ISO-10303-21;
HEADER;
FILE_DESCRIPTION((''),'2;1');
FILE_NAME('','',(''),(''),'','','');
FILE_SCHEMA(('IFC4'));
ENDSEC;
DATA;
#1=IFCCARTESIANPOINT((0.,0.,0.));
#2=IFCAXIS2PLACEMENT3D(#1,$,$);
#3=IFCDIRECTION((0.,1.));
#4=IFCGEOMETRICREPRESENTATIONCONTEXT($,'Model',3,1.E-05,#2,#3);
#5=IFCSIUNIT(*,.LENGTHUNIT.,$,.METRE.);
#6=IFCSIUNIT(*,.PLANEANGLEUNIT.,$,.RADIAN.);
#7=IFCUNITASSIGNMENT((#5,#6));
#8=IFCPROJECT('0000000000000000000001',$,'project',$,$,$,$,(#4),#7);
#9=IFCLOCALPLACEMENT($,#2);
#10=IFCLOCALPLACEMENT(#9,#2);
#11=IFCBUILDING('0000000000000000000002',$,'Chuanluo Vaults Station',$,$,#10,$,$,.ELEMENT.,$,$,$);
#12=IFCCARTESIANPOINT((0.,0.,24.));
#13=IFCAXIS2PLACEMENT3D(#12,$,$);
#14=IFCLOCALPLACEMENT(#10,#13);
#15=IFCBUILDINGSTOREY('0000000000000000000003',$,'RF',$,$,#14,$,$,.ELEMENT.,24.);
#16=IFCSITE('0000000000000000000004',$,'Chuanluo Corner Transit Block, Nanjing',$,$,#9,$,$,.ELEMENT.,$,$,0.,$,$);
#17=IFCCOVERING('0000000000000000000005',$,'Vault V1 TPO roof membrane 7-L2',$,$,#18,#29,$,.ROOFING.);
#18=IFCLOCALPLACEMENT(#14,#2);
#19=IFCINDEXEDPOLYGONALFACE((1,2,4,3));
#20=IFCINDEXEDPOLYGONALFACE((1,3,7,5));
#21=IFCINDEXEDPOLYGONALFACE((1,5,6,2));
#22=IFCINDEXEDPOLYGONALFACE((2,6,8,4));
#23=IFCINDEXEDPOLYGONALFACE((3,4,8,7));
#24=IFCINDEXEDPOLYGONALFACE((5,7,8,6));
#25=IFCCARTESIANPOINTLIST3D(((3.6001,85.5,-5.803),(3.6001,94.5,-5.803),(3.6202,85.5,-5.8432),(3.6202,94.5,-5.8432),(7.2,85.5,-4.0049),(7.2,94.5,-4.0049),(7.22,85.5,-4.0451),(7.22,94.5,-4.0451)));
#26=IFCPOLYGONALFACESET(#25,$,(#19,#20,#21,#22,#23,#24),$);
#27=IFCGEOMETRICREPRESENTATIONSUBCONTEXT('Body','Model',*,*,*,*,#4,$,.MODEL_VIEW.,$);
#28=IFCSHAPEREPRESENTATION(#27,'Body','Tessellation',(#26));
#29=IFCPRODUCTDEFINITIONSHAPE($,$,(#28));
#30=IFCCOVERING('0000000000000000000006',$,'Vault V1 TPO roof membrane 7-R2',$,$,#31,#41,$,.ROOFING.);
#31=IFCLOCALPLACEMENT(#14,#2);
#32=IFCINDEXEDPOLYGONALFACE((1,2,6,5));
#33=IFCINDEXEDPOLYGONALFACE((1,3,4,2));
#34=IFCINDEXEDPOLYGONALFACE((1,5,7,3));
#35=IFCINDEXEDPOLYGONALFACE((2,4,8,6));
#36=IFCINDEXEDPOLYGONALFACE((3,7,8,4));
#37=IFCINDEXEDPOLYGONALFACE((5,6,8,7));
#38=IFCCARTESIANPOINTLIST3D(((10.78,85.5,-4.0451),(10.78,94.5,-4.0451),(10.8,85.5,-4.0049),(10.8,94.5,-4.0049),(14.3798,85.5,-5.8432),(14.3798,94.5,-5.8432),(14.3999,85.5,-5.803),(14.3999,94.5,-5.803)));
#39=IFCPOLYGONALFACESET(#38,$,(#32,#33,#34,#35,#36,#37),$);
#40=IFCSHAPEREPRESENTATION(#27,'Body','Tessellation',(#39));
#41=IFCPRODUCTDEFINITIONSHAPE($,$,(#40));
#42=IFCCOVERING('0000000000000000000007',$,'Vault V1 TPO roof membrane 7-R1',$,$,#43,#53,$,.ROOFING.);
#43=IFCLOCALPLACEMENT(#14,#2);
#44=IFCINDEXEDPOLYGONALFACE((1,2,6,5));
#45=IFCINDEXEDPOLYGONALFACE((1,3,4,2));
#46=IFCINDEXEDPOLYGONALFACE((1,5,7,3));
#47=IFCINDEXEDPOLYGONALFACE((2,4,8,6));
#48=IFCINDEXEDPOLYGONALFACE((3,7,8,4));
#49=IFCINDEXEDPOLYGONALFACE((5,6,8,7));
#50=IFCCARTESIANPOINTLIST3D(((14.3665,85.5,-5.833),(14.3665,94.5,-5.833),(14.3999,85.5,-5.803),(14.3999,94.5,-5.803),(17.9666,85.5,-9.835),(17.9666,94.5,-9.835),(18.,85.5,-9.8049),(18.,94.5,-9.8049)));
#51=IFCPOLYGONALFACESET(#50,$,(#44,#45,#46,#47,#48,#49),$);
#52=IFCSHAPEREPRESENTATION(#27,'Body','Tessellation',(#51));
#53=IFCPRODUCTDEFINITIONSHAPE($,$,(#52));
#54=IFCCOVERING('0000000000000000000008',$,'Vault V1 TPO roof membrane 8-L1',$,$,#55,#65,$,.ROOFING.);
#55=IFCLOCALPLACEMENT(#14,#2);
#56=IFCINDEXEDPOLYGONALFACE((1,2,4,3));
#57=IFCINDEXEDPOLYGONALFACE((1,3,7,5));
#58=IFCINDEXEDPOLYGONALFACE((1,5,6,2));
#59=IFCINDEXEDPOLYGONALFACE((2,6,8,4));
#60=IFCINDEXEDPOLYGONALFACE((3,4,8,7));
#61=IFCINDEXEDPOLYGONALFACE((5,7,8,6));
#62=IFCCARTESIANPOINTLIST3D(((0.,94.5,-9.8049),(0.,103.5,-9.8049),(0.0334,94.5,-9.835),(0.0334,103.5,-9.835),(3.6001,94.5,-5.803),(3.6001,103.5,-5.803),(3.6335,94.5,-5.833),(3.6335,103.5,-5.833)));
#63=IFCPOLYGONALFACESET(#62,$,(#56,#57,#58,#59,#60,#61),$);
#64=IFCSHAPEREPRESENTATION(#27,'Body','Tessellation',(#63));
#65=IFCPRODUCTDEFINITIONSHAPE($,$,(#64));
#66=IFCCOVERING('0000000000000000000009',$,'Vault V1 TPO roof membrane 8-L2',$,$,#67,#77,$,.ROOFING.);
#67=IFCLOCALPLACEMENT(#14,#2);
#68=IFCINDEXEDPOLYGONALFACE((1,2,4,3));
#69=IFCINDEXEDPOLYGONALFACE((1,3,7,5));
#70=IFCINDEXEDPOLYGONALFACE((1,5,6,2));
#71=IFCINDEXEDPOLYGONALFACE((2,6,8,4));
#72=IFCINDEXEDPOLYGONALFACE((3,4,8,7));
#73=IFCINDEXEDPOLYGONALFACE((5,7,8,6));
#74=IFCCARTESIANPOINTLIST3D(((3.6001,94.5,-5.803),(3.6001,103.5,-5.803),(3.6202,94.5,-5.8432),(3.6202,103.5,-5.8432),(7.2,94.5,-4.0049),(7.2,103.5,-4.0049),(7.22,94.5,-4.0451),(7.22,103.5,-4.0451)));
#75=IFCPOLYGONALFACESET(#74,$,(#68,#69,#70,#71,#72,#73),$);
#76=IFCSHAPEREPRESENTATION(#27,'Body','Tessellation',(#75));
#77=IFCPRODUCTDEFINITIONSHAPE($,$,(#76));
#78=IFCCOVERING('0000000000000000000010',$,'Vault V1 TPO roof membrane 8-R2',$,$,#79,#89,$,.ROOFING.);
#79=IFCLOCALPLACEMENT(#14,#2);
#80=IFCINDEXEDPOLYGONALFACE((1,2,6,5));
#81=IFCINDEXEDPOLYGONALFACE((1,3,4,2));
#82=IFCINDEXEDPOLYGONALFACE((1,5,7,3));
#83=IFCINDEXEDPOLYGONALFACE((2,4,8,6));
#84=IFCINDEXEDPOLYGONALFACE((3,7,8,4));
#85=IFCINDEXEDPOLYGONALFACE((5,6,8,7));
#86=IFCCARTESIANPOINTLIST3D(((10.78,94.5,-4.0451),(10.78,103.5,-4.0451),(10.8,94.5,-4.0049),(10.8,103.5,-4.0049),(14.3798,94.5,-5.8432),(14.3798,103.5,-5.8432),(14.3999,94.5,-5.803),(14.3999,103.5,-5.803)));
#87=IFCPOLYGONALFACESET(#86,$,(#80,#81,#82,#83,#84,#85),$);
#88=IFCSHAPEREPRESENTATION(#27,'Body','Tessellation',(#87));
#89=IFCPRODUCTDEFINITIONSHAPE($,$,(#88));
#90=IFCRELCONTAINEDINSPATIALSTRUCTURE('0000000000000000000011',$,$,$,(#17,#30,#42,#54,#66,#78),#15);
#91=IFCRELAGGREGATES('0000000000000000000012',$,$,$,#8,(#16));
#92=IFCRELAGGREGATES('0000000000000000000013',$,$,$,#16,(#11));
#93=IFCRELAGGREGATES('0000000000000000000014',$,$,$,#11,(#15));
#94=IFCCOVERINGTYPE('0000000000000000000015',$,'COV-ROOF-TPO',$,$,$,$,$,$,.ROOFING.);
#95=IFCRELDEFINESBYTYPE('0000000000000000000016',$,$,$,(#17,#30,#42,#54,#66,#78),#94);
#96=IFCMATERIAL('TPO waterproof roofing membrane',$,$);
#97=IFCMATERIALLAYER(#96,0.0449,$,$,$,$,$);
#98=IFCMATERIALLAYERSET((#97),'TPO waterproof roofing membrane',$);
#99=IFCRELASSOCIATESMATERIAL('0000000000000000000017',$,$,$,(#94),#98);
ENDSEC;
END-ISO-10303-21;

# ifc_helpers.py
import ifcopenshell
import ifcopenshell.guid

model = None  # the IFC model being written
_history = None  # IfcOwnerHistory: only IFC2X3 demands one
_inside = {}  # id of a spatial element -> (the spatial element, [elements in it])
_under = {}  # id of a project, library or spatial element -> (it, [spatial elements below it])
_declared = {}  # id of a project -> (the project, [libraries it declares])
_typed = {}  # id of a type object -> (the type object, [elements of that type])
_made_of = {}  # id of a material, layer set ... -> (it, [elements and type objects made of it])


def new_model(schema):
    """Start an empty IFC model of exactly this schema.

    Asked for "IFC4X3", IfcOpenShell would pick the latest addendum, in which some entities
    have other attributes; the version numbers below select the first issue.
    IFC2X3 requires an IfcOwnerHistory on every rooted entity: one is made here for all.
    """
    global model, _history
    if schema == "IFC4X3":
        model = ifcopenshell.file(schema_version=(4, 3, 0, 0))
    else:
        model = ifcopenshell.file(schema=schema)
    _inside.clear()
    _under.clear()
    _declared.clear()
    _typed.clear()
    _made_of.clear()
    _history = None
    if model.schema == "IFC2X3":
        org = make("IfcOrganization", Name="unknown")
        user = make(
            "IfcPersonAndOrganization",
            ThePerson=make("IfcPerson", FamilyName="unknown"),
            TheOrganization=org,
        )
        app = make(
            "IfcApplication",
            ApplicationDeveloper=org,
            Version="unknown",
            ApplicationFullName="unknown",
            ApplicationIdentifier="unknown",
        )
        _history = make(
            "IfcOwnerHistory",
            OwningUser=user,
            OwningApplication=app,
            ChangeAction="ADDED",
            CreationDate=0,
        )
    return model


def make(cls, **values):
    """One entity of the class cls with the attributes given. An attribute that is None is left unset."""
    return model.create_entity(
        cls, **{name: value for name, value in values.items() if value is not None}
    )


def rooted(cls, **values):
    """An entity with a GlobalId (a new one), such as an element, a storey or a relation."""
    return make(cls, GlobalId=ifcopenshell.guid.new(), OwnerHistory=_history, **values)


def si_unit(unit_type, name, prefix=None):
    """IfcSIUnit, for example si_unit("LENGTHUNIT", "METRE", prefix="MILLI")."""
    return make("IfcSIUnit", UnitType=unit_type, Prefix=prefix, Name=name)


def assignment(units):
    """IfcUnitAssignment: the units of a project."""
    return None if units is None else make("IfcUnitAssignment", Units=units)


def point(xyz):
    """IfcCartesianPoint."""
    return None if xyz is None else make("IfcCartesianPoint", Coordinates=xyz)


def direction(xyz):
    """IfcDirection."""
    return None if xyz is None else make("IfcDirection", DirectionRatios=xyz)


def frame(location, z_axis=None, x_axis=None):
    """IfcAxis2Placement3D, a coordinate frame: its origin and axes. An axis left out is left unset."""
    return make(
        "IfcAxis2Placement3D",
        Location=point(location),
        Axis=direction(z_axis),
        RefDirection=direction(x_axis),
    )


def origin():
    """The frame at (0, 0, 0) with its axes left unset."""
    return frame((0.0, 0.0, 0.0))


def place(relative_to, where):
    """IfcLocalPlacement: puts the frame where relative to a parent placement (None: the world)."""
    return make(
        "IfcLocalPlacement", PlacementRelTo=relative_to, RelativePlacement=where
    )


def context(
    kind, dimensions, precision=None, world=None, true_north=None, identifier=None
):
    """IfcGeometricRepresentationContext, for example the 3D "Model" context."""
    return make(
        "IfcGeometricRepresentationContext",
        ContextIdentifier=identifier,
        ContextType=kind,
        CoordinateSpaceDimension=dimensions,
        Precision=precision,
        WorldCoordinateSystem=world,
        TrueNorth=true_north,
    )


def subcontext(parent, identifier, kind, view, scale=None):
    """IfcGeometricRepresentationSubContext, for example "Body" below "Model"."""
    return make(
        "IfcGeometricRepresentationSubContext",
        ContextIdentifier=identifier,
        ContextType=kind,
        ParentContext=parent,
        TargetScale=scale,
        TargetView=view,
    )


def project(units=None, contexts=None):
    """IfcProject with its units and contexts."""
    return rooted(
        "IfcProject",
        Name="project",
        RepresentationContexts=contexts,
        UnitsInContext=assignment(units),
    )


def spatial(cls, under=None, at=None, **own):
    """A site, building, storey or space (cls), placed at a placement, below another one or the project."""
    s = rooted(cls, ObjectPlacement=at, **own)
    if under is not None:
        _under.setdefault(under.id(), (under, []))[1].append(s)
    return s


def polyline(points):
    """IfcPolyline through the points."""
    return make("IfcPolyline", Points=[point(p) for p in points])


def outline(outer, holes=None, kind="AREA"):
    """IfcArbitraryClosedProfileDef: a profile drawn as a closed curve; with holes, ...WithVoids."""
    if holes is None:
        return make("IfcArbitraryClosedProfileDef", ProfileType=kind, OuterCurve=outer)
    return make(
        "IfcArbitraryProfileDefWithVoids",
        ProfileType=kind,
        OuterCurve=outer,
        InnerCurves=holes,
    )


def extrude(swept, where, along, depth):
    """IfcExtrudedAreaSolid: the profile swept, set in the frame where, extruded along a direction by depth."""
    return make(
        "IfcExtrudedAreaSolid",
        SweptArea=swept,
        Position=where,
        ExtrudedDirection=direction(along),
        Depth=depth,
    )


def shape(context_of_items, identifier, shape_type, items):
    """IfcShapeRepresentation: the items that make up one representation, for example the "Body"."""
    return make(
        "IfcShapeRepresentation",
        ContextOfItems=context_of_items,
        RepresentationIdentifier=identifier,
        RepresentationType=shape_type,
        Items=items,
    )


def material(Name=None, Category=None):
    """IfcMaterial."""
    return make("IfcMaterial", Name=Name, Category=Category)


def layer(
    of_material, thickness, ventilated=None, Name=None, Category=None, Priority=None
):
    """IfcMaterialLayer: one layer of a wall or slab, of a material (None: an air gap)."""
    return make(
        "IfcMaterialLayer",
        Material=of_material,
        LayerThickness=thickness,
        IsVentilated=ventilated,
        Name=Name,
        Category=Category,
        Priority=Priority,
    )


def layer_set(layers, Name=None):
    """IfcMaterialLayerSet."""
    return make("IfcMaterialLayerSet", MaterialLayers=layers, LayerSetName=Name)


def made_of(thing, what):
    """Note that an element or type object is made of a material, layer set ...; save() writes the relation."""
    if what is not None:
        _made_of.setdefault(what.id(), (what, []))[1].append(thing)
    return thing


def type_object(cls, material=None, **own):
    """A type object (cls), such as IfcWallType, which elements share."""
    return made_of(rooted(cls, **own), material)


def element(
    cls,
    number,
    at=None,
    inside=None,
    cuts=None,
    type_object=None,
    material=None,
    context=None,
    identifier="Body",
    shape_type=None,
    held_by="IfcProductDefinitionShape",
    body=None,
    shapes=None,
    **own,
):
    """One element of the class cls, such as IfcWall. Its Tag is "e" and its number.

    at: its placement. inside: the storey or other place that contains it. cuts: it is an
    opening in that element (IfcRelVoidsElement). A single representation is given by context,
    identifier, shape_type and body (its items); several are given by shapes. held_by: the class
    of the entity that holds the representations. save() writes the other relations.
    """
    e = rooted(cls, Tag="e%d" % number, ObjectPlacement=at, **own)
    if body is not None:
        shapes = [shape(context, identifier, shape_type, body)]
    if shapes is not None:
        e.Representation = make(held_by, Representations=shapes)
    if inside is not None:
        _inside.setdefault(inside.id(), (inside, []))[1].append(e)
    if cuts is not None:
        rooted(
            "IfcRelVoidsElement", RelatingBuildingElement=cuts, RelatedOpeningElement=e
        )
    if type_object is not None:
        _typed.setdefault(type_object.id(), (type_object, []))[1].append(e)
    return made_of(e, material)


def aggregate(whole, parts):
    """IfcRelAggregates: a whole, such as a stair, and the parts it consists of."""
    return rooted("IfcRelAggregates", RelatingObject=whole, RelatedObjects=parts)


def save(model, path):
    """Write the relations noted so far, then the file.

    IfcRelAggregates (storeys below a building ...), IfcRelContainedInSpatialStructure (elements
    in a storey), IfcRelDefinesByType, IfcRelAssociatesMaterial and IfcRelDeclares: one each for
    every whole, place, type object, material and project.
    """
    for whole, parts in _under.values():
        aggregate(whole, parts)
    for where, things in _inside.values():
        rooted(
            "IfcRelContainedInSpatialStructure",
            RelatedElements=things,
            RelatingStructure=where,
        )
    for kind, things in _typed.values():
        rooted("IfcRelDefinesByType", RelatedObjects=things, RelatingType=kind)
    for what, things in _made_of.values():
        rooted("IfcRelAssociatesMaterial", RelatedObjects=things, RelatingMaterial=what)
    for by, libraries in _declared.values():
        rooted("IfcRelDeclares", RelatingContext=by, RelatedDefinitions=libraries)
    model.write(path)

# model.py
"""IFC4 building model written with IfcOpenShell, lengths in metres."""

from ifc_helpers import new_model, si_unit, direction, frame, origin, place, context, subcontext, project, spatial, polyline, outline, extrude, material, layer, layer_set, type_object, element, save


model = new_model("IFC4")

# Units and contexts
model_context = context("Model", 3, precision=1e-05, world=origin(), true_north=direction((0.0, 1.0)))
body_context = subcontext(model_context, "Body", "Model", "MODEL_VIEW")
ifc_project = project(units=[si_unit("LENGTHUNIT", "METRE"), si_unit("PLANEANGLEUNIT", "RADIAN")], contexts=[model_context])

# Site, building, storey
site_placement = place(None, origin())
site = spatial("IfcSite", under=ifc_project, at=site_placement, Name="Chuanluo Corner Transit Block, Nanjing", CompositionType="ELEMENT", RefElevation=0.0)
building_placement = place(site_placement, origin())
building = spatial("IfcBuilding", under=site, at=building_placement, Name="Chuanluo Vaults Station", CompositionType="ELEMENT")
storey_placement = place(building_placement, frame((0.0, 0.0, 24.0)))
storey = spatial("IfcBuildingStorey", under=building, at=storey_placement, Name="RF", CompositionType="ELEMENT", Elevation=24.0)

# Coverings
ifc_material_1 = material(Name="TPO waterproof roofing membrane")
ifc_layer_1 = layer(ifc_material_1, 0.0449)
ifc_layer_set_1 = layer_set([ifc_layer_1], Name="TPO waterproof roofing membrane")
covering_type_1 = type_object("IfcCoveringType", Name="COV-ROOF-TPO", PredefinedType="ROOFING", material=ifc_layer_set_1)
for number, where, z_axis, x_axis, name in (
    (1, (3.6001, 85.5, -5.803), (-0.44685, 0.0, 0.894609), (0.894609, 0.0, 0.44685), "Vault V1 TPO roof membrane 7-L2"),
    (2, (10.8, 85.5, -4.0049), (0.44685, 0.0, 0.894609), (0.894609, 0.0, -0.44685), "Vault V1 TPO roof membrane 7-R2"),
):
    element("IfcCovering", number, at=place(storey_placement, frame(where, z_axis=z_axis, x_axis=x_axis)), inside=storey, type_object=covering_type_1, Name=name, PredefinedType="ROOFING", context=body_context, shape_type="SweptSolid", body=[
        extrude(outline(polyline([(0.0, 0.0), (4.0239, 0.0), (4.0239, 9.0), (0.0, 9.0), (0.0, 0.0)])), origin(), (0.0, 0.0, -1.0), 0.0449),
    ])
for number, where, z_axis, x_axis, name in (
    (3, (14.3999, 85.5, -5.803), (0.743447, 0.0, 0.668794), (0.668794, 0.0, -0.743447), "Vault V1 TPO roof membrane 7-R1"),
    (4, (0.0, 94.5, -9.8049), (-0.743447, 0.0, 0.668794), (0.668794, 0.0, 0.743447), "Vault V1 TPO roof membrane 8-L1"),
):
    element("IfcCovering", number, at=place(storey_placement, frame(where, z_axis=z_axis, x_axis=x_axis)), inside=storey, type_object=covering_type_1, Name=name, PredefinedType="ROOFING", context=body_context, shape_type="SweptSolid", body=[
        extrude(outline(polyline([(0.0, 0.0), (5.383, 0.0), (5.383, 9.0), (0.0, 9.0), (0.0, 0.0)])), origin(), (0.0, 0.0, -1.0), 0.0449),
    ])
for number, where, z_axis, x_axis, name in (
    (5, (3.6001, 94.5, -5.803), (-0.44685, 0.0, 0.894609), (0.894609, 0.0, 0.44685), "Vault V1 TPO roof membrane 8-L2"),
    (6, (10.8, 94.5, -4.0049), (0.44685, 0.0, 0.894609), (0.894609, 0.0, -0.44685), "Vault V1 TPO roof membrane 8-R2"),
):
    element("IfcCovering", number, at=place(storey_placement, frame(where, z_axis=z_axis, x_axis=x_axis)), inside=storey, type_object=covering_type_1, Name=name, PredefinedType="ROOFING", context=body_context, shape_type="SweptSolid", body=[
        extrude(outline(polyline([(0.0, 0.0), (4.0239, 0.0), (4.0239, 9.0), (0.0, 9.0), (0.0, 0.0)])), origin(), (0.0, 0.0, -1.0), 0.0449),
    ])

save(model, "model.ifc")
